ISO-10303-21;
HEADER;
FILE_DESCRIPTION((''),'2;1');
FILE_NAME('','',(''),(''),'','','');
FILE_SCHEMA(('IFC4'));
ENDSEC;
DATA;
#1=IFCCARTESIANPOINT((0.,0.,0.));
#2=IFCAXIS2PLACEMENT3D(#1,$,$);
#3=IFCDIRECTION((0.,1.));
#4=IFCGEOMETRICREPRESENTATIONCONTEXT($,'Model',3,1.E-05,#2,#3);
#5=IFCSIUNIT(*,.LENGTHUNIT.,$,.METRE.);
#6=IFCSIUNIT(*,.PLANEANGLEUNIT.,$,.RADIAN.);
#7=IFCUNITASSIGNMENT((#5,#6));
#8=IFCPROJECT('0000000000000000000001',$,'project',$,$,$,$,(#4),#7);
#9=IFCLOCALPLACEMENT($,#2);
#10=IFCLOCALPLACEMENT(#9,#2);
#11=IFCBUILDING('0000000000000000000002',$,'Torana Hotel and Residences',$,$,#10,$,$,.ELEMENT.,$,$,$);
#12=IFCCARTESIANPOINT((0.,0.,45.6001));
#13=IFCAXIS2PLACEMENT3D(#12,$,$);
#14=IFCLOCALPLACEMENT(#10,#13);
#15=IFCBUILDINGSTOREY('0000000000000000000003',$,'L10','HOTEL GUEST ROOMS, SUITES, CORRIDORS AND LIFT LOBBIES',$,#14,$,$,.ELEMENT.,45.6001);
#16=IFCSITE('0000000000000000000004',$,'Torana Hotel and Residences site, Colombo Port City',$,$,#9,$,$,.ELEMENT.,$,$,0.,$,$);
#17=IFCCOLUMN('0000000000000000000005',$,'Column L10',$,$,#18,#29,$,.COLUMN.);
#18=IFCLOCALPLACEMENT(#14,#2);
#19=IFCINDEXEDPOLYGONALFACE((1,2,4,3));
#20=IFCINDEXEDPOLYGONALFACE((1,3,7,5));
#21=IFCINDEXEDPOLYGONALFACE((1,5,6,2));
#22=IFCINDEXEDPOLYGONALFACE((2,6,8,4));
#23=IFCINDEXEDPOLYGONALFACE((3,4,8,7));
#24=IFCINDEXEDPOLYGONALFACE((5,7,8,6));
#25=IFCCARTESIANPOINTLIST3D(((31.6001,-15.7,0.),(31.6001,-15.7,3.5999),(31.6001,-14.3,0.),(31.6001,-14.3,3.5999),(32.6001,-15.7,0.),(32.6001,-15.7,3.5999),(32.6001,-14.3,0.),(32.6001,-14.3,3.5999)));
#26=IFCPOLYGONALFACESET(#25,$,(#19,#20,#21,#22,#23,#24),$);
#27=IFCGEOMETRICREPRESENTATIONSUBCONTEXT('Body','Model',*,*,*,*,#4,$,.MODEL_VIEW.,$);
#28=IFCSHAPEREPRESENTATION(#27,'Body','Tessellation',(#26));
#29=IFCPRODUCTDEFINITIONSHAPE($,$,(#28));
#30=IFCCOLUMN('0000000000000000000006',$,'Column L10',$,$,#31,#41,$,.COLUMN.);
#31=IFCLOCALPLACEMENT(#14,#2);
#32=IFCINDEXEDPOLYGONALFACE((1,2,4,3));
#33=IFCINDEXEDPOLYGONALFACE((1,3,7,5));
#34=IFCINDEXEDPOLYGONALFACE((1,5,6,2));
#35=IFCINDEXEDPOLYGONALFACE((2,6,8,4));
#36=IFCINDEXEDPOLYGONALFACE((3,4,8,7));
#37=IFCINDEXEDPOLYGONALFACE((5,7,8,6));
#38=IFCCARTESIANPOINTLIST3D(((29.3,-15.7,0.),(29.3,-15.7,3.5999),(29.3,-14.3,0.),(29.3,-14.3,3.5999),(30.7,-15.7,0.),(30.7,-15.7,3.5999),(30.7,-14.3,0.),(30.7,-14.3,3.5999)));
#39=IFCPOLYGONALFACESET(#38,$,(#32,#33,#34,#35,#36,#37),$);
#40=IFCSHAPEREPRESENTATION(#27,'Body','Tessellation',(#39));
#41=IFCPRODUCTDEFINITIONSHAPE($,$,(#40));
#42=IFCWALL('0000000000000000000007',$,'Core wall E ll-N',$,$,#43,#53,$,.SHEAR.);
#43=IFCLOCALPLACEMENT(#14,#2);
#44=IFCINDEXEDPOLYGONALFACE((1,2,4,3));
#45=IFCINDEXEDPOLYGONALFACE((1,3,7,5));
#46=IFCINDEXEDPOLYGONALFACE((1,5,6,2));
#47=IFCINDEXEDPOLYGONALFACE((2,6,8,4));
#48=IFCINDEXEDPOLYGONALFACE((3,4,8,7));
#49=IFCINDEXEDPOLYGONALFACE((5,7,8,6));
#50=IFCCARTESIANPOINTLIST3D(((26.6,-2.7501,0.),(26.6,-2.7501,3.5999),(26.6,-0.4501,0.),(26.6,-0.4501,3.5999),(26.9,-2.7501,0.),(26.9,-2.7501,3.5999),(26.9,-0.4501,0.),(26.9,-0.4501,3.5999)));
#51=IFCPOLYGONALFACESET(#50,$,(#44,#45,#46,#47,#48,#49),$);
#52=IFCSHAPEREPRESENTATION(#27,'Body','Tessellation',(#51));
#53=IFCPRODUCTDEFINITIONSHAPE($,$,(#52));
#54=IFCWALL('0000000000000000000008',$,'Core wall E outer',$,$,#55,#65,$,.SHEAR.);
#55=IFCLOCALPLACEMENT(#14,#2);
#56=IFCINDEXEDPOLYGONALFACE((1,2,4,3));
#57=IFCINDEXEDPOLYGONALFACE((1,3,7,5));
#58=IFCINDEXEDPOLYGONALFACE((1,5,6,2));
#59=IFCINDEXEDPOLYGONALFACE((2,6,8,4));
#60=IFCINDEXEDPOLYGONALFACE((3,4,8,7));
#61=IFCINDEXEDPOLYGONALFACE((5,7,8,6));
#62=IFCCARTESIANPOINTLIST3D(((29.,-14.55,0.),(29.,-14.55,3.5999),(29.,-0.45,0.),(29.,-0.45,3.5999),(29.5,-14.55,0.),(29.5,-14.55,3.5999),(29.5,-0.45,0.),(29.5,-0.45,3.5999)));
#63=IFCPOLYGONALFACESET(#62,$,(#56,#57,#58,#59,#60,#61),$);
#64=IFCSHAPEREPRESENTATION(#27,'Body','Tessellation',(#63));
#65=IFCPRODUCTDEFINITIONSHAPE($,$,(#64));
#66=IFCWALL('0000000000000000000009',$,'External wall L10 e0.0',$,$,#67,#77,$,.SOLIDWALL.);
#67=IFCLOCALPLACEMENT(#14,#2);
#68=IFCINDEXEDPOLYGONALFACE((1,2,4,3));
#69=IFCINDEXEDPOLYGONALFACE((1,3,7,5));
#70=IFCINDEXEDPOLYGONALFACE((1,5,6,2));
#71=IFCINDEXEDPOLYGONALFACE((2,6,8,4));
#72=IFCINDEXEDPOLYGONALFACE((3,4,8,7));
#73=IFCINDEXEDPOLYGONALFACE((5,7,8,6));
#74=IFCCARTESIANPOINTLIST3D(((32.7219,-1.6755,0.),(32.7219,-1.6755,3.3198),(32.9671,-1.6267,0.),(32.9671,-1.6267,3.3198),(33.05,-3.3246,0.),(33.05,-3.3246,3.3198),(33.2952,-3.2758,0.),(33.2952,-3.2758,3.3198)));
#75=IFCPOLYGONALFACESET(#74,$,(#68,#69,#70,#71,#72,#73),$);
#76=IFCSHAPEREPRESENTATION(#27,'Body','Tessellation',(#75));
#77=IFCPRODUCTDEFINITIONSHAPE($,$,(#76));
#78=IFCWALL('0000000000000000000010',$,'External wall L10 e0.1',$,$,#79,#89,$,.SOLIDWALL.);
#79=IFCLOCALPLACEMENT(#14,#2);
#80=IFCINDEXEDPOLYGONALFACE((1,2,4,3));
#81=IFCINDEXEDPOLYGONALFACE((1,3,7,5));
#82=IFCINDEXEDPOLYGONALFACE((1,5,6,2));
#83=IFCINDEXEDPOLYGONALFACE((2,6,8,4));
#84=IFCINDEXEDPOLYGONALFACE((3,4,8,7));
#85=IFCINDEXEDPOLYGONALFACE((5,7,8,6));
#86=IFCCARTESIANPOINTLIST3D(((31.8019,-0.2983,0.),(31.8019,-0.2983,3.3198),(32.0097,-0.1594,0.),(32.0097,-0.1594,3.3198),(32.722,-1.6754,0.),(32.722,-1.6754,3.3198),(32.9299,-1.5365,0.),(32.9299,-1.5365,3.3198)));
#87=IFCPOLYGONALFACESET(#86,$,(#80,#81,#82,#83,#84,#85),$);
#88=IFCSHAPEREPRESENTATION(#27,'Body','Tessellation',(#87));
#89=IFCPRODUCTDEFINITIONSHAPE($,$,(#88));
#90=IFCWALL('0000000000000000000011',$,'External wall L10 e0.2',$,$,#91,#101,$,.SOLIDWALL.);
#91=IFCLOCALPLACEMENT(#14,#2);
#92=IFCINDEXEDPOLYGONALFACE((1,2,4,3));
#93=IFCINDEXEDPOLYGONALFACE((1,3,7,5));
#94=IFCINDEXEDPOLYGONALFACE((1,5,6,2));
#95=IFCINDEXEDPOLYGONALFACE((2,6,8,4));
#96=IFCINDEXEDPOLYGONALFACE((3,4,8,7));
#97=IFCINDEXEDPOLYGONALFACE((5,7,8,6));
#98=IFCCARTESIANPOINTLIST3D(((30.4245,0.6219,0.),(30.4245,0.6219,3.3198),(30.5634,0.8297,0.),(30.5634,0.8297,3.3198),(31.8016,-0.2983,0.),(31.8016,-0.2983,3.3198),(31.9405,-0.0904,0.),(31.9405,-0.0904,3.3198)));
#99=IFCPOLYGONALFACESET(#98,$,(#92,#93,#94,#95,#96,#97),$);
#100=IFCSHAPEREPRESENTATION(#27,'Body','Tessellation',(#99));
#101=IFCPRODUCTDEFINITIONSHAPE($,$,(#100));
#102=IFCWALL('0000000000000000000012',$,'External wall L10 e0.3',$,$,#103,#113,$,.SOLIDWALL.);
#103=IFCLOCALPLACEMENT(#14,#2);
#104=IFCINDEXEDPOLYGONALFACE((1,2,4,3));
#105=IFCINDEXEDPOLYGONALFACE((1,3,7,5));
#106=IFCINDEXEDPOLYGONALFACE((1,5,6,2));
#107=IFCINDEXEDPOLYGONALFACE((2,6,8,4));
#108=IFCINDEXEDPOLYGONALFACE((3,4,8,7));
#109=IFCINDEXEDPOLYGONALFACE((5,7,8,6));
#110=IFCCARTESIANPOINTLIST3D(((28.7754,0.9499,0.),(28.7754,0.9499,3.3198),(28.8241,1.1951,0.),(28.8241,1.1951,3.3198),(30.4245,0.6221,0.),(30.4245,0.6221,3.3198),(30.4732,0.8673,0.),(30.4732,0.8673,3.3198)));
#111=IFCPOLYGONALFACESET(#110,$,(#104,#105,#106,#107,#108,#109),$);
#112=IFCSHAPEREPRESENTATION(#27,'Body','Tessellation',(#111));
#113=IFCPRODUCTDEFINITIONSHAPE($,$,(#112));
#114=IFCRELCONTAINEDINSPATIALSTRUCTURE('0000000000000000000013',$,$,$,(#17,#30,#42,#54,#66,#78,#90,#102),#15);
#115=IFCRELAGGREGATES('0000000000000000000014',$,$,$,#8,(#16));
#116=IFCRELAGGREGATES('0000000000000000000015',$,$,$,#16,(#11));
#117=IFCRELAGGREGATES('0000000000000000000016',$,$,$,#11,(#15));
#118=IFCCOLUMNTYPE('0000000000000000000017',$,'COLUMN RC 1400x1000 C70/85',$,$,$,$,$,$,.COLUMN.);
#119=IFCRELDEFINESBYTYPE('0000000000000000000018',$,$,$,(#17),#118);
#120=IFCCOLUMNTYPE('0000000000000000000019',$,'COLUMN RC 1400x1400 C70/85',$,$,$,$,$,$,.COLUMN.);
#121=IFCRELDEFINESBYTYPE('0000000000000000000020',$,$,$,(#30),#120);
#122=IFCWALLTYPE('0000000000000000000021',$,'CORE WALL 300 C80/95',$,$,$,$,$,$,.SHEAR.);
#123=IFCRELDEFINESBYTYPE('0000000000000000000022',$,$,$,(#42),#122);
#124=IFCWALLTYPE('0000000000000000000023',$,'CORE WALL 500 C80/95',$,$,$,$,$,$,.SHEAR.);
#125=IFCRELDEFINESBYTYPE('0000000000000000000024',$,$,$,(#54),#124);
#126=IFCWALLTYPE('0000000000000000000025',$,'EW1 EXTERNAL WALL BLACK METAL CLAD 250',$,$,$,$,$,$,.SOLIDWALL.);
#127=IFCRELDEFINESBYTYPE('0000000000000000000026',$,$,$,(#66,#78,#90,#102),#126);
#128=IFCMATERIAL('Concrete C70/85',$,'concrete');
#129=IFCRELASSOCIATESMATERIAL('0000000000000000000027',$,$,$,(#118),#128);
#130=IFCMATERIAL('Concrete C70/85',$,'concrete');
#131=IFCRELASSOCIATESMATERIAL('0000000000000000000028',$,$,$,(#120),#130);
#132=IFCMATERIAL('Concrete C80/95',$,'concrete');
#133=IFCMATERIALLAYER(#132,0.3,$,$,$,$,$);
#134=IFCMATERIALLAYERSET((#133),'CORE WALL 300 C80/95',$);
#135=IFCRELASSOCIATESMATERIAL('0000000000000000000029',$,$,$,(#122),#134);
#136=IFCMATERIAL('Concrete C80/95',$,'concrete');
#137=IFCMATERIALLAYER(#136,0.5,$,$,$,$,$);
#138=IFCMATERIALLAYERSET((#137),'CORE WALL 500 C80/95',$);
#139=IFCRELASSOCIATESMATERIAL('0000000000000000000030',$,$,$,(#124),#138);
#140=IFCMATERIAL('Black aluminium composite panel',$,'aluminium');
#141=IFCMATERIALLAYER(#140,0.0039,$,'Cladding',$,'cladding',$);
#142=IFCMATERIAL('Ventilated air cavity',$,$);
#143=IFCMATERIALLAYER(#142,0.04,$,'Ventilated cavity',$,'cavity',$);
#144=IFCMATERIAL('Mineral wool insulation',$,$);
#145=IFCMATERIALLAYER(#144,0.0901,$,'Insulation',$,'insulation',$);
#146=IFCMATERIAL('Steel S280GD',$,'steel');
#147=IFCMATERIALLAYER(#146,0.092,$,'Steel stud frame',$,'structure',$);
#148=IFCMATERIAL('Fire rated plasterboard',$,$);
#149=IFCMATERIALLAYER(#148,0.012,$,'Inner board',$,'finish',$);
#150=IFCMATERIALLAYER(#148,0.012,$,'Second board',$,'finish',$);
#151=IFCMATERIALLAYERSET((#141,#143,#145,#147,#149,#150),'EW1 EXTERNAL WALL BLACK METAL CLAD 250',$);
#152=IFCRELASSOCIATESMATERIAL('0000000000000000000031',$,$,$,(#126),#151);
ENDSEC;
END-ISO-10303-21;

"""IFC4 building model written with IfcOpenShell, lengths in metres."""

from ifc_helpers import new_model, si_unit, direction, frame, frame_2d, origin, origin_2d, place, context, subcontext, project, spatial, rectangle, extrude, material, layer, layer_set, material_profile, profile_set, type_object, element, save


model = new_model("IFC4")

# Units and contexts
model_context = context("Model", 3, precision=1e-05, world=origin(), true_north=direction((0.0, 1.0)))
body_context = subcontext(model_context, "Body", "Model", "MODEL_VIEW")
ifc_project = project(units=[si_unit("LENGTHUNIT", "METRE"), si_unit("PLANEANGLEUNIT", "RADIAN")], contexts=[model_context])

# Site, building, storey
site_placement = place(None, origin())
site = spatial("IfcSite", under=ifc_project, at=site_placement, Name="Torana Hotel and Residences site, Colombo Port City", CompositionType="ELEMENT", RefElevation=0.0)
building_placement = place(site_placement, origin())
building = spatial("IfcBuilding", under=site, at=building_placement, Name="Torana Hotel and Residences", CompositionType="ELEMENT")
storey_placement = place(building_placement, frame((0.0, 0.0, 45.6001)))
storey = spatial("IfcBuildingStorey", under=building, at=storey_placement, Name="L10", Description="HOTEL GUEST ROOMS, SUITES, CORRIDORS AND LIFT LOBBIES", CompositionType="ELEMENT", Elevation=45.6001)

# Columns
ifc_material_1 = material(Name="Concrete C70/85", Category="concrete")
ifc_material_profile_1 = material_profile(ifc_material_1, rectangle(XDim=1.3999, YDim=1.0, at=origin_2d()), Name="RC 1400x1000")
ifc_profile_set_1 = profile_set([ifc_material_profile_1], Name="Concrete C70/85")
column_type_1 = type_object("IfcColumnType", Name="COLUMN RC 1400x1000 C70/85", PredefinedType="COLUMN", material=ifc_profile_set_1)
column_1_placement = place(storey_placement, frame((32.1001, -15.0, 0.0), z_axis=(0.0, 0.0, 1.0), x_axis=(0.0, 1.0, 0.0)))
element("IfcColumn", 1, at=column_1_placement, inside=storey, type_object=column_type_1, Name="Column L10", PredefinedType="COLUMN", context=body_context, shape_type="SweptSolid", body=[
    extrude(rectangle(XDim=1.3999, YDim=1.0, at=origin_2d()), origin(), (0.0, 0.0, 1.0), 3.5999),
])
ifc_material_2 = material(Name="Concrete C70/85", Category="concrete")
ifc_material_profile_2 = material_profile(ifc_material_2, rectangle(XDim=1.3999, YDim=1.3999, at=origin_2d()), Name="RC 1400x1400")
ifc_profile_set_2 = profile_set([ifc_material_profile_2], Name="Concrete C70/85")
column_type_2 = type_object("IfcColumnType", Name="COLUMN RC 1400x1400 C70/85", PredefinedType="COLUMN", material=ifc_profile_set_2)
column_2_placement = place(storey_placement, frame((30.0, -15.0, 0.0), z_axis=(0.0, 0.0, 1.0), x_axis=(1.0, 0.0, 0.0)))
element("IfcColumn", 2, at=column_2_placement, inside=storey, type_object=column_type_2, Name="Column L10", PredefinedType="COLUMN", context=body_context, shape_type="SweptSolid", body=[
    extrude(rectangle(XDim=1.3999, YDim=1.3999, at=origin_2d()), origin(), (0.0, 0.0, 1.0), 3.5999),
])

# Walls
ifc_material_3 = material(Name="Concrete C80/95", Category="concrete")
ifc_layer_1 = layer(ifc_material_3, 0.3)
ifc_layer_set_1 = layer_set([ifc_layer_1], Name="CORE WALL 300 C80/95")
wall_type_1 = type_object("IfcWallType", Name="CORE WALL 300 C80/95", PredefinedType="SHEAR", material=ifc_layer_set_1)
wall_1_placement = place(storey_placement, frame((26.75, -2.75, 0.0), z_axis=(0.0, 0.0, 1.0), x_axis=(0.0, 1.0, 0.0)))
element("IfcWall", 3, at=wall_1_placement, inside=storey, type_object=wall_type_1, Name="Core wall E ll-N", PredefinedType="SHEAR", context=body_context, shape_type="SweptSolid", body=[
    extrude(rectangle(XDim=2.3, YDim=0.3, at=frame_2d((1.1499, 0.0))), origin(), (0.0, 0.0, 1.0), 3.5999),
])
ifc_material_4 = material(Name="Concrete C80/95", Category="concrete")
ifc_layer_2 = layer(ifc_material_4, 0.5)
ifc_layer_set_2 = layer_set([ifc_layer_2], Name="CORE WALL 500 C80/95")
wall_type_2 = type_object("IfcWallType", Name="CORE WALL 500 C80/95", PredefinedType="SHEAR", material=ifc_layer_set_2)
wall_2_placement = place(storey_placement, frame((29.25, -14.55, 0.0), z_axis=(0.0, 0.0, 1.0), x_axis=(0.0, 1.0, 0.0)))
element("IfcWall", 4, at=wall_2_placement, inside=storey, type_object=wall_type_2, Name="Core wall E outer", PredefinedType="SHEAR", context=body_context, shape_type="SweptSolid", body=[
    extrude(rectangle(XDim=14.1001, YDim=0.5, at=frame_2d((7.05, 0.0))), origin(), (0.0, 0.0, 1.0), 3.5999),
])
ifc_material_5 = material(Name="Black aluminium composite panel", Category="aluminium")
ifc_layer_3 = layer(ifc_material_5, 0.0039, Name="Cladding", Category="cladding")
ifc_material_6 = material(Name="Ventilated air cavity")
ifc_layer_4 = layer(ifc_material_6, 0.04, Name="Ventilated cavity", Category="cavity")
ifc_material_7 = material(Name="Mineral wool insulation")
ifc_layer_5 = layer(ifc_material_7, 0.0901, Name="Insulation", Category="insulation")
ifc_material_8 = material(Name="Steel S280GD", Category="steel")
ifc_layer_6 = layer(ifc_material_8, 0.092, Name="Steel stud frame", Category="structure")
ifc_material_9 = material(Name="Fire rated plasterboard")
ifc_layer_7 = layer(ifc_material_9, 0.012, Name="Inner board", Category="finish")
ifc_layer_8 = layer(ifc_material_9, 0.012, Name="Second board", Category="finish")
ifc_layer_set_3 = layer_set([ifc_layer_3, ifc_layer_4, ifc_layer_5, ifc_layer_6, ifc_layer_7, ifc_layer_8], Name="EW1 EXTERNAL WALL BLACK METAL CLAD 250")
wall_type_3 = type_object("IfcWallType", Name="EW1 EXTERNAL WALL BLACK METAL CLAD 250", PredefinedType="SOLIDWALL", material=ifc_layer_set_3)
wall_3_placement = place(storey_placement, frame((33.1726, -3.3003, 0.0), z_axis=(0.0, 0.0, 1.0), x_axis=(-0.195139, 0.980776, 0.0)))
element("IfcWall", 5, at=wall_3_placement, inside=storey, type_object=wall_type_3, Name="External wall L10 e0.0", PredefinedType="SOLIDWALL", context=body_context, shape_type="SweptSolid", body=[
    extrude(rectangle(XDim=1.6814, YDim=0.25, at=frame_2d((0.8408, 0.0))), origin(), (0.0, 0.0, 1.0), 3.3198),
])
for number, where, z_axis, x_axis, name in (
    (6, (32.8259, -1.606, 0.0), (0.0, 0.0, 1.0), (-0.55555, 0.831483, 0.0), "External wall L10 e0.1"),
    (7, (31.8711, -0.1943, 0.0), (0.0, 0.0, 1.0), (-0.831483, 0.55555, 0.0), "External wall L10 e0.2"),
):
    element("IfcWall", number, at=place(storey_placement, frame(where, z_axis=z_axis, x_axis=x_axis)), inside=storey, type_object=wall_type_3, Name=name, PredefinedType="SOLIDWALL", context=body_context, shape_type="SweptSolid", body=[
        extrude(rectangle(XDim=1.6562, YDim=0.25, at=frame_2d((0.8281, 0.0))), origin(), (0.0, 0.0, 1.0), 3.3198),
    ])
wall_4_placement = place(storey_placement, frame((30.449, 0.7446, 0.0), z_axis=(0.0, 0.0, 1.0), x_axis=(-0.980803, 0.194999, 0.0)))
element("IfcWall", 8, at=wall_4_placement, inside=storey, type_object=wall_type_3, Name="External wall L10 e0.3", PredefinedType="SOLIDWALL", context=body_context, shape_type="SweptSolid", body=[
    extrude(rectangle(XDim=1.6814, YDim=0.25, at=frame_2d((0.8408, 0.0))), origin(), (0.0, 0.0, 1.0), 3.3198),
])

save(model, "model.ifc")
